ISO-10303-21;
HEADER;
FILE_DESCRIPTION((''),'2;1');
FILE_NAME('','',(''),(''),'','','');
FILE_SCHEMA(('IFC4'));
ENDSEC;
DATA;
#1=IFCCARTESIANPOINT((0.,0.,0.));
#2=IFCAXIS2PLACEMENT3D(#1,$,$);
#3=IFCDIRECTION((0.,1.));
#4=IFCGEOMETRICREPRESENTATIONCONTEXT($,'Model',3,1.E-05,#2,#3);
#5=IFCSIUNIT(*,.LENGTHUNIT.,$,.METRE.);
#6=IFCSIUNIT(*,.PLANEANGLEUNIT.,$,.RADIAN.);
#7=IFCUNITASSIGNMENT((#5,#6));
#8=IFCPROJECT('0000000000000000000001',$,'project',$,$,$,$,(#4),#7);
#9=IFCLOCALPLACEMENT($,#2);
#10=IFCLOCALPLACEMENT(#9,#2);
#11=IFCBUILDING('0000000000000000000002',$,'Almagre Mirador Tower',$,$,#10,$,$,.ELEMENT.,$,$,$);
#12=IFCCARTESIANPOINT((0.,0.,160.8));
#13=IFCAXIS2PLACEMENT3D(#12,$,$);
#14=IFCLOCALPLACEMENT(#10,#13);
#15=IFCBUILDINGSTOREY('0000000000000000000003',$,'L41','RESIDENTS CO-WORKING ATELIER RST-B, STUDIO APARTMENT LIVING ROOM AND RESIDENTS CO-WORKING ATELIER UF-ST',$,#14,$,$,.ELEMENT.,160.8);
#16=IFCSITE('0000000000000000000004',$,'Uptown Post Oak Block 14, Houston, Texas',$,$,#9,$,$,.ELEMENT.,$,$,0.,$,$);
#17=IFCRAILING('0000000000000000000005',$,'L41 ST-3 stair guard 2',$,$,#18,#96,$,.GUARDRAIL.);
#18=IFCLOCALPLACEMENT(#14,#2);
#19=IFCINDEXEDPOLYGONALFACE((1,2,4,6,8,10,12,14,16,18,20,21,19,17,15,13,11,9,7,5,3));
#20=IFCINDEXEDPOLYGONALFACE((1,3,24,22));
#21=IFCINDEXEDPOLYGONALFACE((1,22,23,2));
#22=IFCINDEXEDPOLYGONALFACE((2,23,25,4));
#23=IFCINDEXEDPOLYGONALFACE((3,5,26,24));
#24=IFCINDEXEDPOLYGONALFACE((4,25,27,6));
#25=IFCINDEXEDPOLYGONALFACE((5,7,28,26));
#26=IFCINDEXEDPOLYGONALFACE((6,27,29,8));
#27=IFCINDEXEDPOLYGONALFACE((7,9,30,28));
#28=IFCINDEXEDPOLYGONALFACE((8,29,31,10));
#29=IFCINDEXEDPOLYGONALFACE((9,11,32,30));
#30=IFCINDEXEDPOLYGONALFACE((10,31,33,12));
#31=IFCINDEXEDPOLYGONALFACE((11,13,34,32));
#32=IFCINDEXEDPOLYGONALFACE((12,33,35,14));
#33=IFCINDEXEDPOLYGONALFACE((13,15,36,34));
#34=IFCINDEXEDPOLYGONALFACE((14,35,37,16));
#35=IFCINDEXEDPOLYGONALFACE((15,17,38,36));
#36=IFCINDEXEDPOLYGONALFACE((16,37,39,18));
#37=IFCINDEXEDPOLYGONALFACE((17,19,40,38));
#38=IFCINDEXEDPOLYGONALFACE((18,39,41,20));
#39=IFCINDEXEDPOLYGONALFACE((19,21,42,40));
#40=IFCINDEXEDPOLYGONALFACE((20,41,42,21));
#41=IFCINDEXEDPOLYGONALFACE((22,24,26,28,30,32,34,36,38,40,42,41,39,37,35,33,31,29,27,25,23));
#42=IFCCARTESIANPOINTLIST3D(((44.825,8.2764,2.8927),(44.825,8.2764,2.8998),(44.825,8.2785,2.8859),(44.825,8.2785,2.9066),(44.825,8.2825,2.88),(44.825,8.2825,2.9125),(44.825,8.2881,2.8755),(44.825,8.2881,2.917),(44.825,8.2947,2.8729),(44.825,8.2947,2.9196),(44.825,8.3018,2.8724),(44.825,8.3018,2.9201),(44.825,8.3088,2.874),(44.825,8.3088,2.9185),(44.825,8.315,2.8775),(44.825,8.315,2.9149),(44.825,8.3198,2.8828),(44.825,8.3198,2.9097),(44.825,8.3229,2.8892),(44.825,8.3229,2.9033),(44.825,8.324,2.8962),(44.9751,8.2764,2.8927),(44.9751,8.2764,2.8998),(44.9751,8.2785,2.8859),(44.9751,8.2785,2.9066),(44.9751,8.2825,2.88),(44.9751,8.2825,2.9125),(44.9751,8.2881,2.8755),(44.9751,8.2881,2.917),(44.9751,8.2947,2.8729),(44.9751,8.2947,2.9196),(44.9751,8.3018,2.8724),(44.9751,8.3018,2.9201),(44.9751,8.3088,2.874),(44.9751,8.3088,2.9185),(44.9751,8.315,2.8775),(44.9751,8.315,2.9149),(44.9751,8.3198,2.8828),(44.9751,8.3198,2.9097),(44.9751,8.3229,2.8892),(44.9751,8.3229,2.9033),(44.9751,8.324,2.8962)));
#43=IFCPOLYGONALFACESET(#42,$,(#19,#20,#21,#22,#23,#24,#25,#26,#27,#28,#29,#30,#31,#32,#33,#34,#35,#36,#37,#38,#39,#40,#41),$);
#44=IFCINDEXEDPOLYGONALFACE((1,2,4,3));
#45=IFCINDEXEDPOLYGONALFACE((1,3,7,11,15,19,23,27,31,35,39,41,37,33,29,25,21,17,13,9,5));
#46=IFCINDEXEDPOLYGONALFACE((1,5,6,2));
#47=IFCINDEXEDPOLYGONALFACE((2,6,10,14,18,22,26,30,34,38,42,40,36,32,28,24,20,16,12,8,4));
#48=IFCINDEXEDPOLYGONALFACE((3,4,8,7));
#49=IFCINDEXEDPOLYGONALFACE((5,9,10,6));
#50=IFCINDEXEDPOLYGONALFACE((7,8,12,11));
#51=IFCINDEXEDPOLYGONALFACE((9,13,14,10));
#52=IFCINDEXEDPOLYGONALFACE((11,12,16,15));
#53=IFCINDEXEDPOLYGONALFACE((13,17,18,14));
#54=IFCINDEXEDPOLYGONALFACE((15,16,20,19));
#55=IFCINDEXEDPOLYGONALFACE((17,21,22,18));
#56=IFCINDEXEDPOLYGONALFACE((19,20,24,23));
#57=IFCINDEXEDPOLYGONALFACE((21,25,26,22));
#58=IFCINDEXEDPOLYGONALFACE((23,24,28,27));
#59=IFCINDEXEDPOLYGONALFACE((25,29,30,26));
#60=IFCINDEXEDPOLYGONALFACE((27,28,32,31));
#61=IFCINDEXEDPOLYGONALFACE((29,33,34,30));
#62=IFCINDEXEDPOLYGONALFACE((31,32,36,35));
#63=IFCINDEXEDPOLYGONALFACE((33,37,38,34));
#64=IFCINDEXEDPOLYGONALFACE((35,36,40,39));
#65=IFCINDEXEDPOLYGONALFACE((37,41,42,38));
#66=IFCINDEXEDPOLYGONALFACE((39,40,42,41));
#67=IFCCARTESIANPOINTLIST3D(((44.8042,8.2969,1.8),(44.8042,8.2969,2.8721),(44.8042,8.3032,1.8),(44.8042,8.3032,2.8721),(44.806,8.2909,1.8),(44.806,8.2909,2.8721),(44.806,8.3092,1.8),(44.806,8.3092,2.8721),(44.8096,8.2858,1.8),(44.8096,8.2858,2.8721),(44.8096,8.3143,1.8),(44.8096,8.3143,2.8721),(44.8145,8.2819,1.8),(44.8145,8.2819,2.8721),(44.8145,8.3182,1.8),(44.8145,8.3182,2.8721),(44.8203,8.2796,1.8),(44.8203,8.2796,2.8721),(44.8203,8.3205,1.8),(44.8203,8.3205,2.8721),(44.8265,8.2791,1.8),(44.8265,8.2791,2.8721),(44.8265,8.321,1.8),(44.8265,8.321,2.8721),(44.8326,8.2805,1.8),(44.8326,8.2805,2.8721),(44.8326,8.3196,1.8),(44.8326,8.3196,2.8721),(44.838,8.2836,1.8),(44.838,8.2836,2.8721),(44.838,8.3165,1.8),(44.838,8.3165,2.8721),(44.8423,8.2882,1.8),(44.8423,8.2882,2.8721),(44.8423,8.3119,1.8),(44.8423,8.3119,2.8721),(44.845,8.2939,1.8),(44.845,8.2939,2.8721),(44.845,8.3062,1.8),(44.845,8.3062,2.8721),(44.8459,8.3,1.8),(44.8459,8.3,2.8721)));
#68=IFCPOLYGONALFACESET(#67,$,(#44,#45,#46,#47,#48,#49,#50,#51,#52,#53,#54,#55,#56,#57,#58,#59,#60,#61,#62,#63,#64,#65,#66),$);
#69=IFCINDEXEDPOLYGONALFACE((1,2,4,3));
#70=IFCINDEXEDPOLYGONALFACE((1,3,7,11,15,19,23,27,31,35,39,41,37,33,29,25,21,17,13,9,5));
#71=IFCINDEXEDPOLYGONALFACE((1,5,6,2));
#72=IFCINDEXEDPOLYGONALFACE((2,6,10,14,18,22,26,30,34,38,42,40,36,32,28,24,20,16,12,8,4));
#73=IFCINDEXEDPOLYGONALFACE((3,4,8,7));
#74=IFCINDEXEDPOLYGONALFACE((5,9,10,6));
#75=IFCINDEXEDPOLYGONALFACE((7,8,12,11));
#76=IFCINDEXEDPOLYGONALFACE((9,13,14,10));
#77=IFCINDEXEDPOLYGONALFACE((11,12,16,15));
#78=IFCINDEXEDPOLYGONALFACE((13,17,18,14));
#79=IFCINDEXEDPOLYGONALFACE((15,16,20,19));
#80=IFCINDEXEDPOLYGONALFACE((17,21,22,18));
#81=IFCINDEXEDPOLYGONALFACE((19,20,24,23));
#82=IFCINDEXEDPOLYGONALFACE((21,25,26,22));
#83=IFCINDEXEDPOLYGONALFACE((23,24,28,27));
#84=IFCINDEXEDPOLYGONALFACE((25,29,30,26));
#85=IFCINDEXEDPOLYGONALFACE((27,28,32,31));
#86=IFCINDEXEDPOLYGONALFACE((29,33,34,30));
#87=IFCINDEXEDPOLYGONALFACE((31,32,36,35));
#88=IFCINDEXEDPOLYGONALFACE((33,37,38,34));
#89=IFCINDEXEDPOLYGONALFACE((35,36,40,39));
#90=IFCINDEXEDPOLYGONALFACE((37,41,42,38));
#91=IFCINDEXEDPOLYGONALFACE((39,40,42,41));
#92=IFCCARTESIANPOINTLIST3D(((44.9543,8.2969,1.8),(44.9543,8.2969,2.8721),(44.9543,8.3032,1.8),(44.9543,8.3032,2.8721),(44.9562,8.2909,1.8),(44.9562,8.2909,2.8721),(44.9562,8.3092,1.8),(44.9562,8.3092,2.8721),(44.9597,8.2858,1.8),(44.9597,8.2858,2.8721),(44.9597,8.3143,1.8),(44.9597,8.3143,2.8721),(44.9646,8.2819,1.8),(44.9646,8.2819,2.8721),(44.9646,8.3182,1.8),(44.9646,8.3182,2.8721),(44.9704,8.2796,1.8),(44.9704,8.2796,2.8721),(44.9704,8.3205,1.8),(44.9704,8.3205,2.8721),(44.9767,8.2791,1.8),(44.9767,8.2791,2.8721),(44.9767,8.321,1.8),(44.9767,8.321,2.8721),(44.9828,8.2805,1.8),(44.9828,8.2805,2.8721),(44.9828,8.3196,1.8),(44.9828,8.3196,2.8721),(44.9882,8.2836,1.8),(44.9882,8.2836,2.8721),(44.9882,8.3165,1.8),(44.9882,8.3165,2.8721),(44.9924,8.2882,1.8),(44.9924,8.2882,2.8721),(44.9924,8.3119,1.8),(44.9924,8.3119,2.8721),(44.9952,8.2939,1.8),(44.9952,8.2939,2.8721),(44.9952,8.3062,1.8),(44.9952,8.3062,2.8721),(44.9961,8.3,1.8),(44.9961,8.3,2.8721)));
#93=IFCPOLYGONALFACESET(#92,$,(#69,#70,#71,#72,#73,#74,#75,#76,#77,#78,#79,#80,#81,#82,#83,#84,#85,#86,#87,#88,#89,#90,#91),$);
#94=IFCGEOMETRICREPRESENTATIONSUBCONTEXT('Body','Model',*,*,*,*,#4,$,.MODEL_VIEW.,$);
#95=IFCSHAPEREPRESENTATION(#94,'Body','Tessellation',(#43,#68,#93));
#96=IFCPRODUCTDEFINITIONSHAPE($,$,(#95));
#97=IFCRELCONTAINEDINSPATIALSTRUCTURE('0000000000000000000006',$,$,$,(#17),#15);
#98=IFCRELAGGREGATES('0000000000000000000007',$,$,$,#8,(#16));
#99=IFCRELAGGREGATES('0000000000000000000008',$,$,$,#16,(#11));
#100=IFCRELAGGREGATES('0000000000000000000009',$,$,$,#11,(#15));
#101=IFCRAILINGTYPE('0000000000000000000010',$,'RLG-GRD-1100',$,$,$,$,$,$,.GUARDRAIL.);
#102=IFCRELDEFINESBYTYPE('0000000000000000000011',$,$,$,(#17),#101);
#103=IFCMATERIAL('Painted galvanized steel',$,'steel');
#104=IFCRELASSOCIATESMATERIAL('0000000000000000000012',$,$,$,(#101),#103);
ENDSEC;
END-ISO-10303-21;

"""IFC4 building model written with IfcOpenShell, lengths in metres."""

from ifc_helpers import new_model, si_unit, direction, frame, origin, origin_2d, place, context, subcontext, project, spatial, circle, extrude, material, type_object, element, save


model = new_model("IFC4")

# Units and contexts
model_context = context("Model", 3, precision=1e-05, world=origin(), true_north=direction((0.0, 1.0)))
body_context = subcontext(model_context, "Body", "Model", "MODEL_VIEW")
ifc_project = project(units=[si_unit("LENGTHUNIT", "METRE"), si_unit("PLANEANGLEUNIT", "RADIAN")], contexts=[model_context])

# Site, building, storey
site_placement = place(None, origin())
site = spatial("IfcSite", under=ifc_project, at=site_placement, Name="Uptown Post Oak Block 14, Houston, Texas", CompositionType="ELEMENT", RefElevation=0.0)
building_placement = place(site_placement, origin())
building = spatial("IfcBuilding", under=site, at=building_placement, Name="Almagre Mirador Tower", CompositionType="ELEMENT")
storey_placement = place(building_placement, frame((0.0, 0.0, 160.8)))
storey = spatial("IfcBuildingStorey", under=building, at=storey_placement, Name="L41", Description="RESIDENTS CO-WORKING ATELIER RST-B, STUDIO APARTMENT LIVING ROOM AND RESIDENTS CO-WORKING ATELIER UF-ST", CompositionType="ELEMENT", Elevation=160.8)

# Railing
ifc_material_1 = material(Name="Painted galvanized steel", Category="steel")
railing_type_1 = type_object("IfcRailingType", Name="RLG-GRD-1100", PredefinedType="GUARDRAIL", material=ifc_material_1)
railing_1_placement = place(storey_placement, frame((44.825, 8.3, 1.8)))
element("IfcRailing", 1, at=railing_1_placement, inside=storey, type_object=railing_type_1, Name="L41 ST-3 stair guard 2", PredefinedType="GUARDRAIL", context=body_context, shape_type="SweptSolid", body=[
    extrude(circle(Radius=0.0239, at=origin_2d()), frame((0.0, 0.0, 1.0962), z_axis=(1.0, 0.0, 0.0), x_axis=(0.0, 1.0, 0.0)), (0.0, 0.0, 1.0), 0.1501),
    extrude(circle(Radius=0.021, at=origin_2d()), origin(), (0.0, 0.0, 1.0), 1.072),
    extrude(circle(Radius=0.021, at=origin_2d()), frame((0.1501, 0.0, 0.0)), (0.0, 0.0, 1.0), 1.072),
])

save(model, "model.ifc")
